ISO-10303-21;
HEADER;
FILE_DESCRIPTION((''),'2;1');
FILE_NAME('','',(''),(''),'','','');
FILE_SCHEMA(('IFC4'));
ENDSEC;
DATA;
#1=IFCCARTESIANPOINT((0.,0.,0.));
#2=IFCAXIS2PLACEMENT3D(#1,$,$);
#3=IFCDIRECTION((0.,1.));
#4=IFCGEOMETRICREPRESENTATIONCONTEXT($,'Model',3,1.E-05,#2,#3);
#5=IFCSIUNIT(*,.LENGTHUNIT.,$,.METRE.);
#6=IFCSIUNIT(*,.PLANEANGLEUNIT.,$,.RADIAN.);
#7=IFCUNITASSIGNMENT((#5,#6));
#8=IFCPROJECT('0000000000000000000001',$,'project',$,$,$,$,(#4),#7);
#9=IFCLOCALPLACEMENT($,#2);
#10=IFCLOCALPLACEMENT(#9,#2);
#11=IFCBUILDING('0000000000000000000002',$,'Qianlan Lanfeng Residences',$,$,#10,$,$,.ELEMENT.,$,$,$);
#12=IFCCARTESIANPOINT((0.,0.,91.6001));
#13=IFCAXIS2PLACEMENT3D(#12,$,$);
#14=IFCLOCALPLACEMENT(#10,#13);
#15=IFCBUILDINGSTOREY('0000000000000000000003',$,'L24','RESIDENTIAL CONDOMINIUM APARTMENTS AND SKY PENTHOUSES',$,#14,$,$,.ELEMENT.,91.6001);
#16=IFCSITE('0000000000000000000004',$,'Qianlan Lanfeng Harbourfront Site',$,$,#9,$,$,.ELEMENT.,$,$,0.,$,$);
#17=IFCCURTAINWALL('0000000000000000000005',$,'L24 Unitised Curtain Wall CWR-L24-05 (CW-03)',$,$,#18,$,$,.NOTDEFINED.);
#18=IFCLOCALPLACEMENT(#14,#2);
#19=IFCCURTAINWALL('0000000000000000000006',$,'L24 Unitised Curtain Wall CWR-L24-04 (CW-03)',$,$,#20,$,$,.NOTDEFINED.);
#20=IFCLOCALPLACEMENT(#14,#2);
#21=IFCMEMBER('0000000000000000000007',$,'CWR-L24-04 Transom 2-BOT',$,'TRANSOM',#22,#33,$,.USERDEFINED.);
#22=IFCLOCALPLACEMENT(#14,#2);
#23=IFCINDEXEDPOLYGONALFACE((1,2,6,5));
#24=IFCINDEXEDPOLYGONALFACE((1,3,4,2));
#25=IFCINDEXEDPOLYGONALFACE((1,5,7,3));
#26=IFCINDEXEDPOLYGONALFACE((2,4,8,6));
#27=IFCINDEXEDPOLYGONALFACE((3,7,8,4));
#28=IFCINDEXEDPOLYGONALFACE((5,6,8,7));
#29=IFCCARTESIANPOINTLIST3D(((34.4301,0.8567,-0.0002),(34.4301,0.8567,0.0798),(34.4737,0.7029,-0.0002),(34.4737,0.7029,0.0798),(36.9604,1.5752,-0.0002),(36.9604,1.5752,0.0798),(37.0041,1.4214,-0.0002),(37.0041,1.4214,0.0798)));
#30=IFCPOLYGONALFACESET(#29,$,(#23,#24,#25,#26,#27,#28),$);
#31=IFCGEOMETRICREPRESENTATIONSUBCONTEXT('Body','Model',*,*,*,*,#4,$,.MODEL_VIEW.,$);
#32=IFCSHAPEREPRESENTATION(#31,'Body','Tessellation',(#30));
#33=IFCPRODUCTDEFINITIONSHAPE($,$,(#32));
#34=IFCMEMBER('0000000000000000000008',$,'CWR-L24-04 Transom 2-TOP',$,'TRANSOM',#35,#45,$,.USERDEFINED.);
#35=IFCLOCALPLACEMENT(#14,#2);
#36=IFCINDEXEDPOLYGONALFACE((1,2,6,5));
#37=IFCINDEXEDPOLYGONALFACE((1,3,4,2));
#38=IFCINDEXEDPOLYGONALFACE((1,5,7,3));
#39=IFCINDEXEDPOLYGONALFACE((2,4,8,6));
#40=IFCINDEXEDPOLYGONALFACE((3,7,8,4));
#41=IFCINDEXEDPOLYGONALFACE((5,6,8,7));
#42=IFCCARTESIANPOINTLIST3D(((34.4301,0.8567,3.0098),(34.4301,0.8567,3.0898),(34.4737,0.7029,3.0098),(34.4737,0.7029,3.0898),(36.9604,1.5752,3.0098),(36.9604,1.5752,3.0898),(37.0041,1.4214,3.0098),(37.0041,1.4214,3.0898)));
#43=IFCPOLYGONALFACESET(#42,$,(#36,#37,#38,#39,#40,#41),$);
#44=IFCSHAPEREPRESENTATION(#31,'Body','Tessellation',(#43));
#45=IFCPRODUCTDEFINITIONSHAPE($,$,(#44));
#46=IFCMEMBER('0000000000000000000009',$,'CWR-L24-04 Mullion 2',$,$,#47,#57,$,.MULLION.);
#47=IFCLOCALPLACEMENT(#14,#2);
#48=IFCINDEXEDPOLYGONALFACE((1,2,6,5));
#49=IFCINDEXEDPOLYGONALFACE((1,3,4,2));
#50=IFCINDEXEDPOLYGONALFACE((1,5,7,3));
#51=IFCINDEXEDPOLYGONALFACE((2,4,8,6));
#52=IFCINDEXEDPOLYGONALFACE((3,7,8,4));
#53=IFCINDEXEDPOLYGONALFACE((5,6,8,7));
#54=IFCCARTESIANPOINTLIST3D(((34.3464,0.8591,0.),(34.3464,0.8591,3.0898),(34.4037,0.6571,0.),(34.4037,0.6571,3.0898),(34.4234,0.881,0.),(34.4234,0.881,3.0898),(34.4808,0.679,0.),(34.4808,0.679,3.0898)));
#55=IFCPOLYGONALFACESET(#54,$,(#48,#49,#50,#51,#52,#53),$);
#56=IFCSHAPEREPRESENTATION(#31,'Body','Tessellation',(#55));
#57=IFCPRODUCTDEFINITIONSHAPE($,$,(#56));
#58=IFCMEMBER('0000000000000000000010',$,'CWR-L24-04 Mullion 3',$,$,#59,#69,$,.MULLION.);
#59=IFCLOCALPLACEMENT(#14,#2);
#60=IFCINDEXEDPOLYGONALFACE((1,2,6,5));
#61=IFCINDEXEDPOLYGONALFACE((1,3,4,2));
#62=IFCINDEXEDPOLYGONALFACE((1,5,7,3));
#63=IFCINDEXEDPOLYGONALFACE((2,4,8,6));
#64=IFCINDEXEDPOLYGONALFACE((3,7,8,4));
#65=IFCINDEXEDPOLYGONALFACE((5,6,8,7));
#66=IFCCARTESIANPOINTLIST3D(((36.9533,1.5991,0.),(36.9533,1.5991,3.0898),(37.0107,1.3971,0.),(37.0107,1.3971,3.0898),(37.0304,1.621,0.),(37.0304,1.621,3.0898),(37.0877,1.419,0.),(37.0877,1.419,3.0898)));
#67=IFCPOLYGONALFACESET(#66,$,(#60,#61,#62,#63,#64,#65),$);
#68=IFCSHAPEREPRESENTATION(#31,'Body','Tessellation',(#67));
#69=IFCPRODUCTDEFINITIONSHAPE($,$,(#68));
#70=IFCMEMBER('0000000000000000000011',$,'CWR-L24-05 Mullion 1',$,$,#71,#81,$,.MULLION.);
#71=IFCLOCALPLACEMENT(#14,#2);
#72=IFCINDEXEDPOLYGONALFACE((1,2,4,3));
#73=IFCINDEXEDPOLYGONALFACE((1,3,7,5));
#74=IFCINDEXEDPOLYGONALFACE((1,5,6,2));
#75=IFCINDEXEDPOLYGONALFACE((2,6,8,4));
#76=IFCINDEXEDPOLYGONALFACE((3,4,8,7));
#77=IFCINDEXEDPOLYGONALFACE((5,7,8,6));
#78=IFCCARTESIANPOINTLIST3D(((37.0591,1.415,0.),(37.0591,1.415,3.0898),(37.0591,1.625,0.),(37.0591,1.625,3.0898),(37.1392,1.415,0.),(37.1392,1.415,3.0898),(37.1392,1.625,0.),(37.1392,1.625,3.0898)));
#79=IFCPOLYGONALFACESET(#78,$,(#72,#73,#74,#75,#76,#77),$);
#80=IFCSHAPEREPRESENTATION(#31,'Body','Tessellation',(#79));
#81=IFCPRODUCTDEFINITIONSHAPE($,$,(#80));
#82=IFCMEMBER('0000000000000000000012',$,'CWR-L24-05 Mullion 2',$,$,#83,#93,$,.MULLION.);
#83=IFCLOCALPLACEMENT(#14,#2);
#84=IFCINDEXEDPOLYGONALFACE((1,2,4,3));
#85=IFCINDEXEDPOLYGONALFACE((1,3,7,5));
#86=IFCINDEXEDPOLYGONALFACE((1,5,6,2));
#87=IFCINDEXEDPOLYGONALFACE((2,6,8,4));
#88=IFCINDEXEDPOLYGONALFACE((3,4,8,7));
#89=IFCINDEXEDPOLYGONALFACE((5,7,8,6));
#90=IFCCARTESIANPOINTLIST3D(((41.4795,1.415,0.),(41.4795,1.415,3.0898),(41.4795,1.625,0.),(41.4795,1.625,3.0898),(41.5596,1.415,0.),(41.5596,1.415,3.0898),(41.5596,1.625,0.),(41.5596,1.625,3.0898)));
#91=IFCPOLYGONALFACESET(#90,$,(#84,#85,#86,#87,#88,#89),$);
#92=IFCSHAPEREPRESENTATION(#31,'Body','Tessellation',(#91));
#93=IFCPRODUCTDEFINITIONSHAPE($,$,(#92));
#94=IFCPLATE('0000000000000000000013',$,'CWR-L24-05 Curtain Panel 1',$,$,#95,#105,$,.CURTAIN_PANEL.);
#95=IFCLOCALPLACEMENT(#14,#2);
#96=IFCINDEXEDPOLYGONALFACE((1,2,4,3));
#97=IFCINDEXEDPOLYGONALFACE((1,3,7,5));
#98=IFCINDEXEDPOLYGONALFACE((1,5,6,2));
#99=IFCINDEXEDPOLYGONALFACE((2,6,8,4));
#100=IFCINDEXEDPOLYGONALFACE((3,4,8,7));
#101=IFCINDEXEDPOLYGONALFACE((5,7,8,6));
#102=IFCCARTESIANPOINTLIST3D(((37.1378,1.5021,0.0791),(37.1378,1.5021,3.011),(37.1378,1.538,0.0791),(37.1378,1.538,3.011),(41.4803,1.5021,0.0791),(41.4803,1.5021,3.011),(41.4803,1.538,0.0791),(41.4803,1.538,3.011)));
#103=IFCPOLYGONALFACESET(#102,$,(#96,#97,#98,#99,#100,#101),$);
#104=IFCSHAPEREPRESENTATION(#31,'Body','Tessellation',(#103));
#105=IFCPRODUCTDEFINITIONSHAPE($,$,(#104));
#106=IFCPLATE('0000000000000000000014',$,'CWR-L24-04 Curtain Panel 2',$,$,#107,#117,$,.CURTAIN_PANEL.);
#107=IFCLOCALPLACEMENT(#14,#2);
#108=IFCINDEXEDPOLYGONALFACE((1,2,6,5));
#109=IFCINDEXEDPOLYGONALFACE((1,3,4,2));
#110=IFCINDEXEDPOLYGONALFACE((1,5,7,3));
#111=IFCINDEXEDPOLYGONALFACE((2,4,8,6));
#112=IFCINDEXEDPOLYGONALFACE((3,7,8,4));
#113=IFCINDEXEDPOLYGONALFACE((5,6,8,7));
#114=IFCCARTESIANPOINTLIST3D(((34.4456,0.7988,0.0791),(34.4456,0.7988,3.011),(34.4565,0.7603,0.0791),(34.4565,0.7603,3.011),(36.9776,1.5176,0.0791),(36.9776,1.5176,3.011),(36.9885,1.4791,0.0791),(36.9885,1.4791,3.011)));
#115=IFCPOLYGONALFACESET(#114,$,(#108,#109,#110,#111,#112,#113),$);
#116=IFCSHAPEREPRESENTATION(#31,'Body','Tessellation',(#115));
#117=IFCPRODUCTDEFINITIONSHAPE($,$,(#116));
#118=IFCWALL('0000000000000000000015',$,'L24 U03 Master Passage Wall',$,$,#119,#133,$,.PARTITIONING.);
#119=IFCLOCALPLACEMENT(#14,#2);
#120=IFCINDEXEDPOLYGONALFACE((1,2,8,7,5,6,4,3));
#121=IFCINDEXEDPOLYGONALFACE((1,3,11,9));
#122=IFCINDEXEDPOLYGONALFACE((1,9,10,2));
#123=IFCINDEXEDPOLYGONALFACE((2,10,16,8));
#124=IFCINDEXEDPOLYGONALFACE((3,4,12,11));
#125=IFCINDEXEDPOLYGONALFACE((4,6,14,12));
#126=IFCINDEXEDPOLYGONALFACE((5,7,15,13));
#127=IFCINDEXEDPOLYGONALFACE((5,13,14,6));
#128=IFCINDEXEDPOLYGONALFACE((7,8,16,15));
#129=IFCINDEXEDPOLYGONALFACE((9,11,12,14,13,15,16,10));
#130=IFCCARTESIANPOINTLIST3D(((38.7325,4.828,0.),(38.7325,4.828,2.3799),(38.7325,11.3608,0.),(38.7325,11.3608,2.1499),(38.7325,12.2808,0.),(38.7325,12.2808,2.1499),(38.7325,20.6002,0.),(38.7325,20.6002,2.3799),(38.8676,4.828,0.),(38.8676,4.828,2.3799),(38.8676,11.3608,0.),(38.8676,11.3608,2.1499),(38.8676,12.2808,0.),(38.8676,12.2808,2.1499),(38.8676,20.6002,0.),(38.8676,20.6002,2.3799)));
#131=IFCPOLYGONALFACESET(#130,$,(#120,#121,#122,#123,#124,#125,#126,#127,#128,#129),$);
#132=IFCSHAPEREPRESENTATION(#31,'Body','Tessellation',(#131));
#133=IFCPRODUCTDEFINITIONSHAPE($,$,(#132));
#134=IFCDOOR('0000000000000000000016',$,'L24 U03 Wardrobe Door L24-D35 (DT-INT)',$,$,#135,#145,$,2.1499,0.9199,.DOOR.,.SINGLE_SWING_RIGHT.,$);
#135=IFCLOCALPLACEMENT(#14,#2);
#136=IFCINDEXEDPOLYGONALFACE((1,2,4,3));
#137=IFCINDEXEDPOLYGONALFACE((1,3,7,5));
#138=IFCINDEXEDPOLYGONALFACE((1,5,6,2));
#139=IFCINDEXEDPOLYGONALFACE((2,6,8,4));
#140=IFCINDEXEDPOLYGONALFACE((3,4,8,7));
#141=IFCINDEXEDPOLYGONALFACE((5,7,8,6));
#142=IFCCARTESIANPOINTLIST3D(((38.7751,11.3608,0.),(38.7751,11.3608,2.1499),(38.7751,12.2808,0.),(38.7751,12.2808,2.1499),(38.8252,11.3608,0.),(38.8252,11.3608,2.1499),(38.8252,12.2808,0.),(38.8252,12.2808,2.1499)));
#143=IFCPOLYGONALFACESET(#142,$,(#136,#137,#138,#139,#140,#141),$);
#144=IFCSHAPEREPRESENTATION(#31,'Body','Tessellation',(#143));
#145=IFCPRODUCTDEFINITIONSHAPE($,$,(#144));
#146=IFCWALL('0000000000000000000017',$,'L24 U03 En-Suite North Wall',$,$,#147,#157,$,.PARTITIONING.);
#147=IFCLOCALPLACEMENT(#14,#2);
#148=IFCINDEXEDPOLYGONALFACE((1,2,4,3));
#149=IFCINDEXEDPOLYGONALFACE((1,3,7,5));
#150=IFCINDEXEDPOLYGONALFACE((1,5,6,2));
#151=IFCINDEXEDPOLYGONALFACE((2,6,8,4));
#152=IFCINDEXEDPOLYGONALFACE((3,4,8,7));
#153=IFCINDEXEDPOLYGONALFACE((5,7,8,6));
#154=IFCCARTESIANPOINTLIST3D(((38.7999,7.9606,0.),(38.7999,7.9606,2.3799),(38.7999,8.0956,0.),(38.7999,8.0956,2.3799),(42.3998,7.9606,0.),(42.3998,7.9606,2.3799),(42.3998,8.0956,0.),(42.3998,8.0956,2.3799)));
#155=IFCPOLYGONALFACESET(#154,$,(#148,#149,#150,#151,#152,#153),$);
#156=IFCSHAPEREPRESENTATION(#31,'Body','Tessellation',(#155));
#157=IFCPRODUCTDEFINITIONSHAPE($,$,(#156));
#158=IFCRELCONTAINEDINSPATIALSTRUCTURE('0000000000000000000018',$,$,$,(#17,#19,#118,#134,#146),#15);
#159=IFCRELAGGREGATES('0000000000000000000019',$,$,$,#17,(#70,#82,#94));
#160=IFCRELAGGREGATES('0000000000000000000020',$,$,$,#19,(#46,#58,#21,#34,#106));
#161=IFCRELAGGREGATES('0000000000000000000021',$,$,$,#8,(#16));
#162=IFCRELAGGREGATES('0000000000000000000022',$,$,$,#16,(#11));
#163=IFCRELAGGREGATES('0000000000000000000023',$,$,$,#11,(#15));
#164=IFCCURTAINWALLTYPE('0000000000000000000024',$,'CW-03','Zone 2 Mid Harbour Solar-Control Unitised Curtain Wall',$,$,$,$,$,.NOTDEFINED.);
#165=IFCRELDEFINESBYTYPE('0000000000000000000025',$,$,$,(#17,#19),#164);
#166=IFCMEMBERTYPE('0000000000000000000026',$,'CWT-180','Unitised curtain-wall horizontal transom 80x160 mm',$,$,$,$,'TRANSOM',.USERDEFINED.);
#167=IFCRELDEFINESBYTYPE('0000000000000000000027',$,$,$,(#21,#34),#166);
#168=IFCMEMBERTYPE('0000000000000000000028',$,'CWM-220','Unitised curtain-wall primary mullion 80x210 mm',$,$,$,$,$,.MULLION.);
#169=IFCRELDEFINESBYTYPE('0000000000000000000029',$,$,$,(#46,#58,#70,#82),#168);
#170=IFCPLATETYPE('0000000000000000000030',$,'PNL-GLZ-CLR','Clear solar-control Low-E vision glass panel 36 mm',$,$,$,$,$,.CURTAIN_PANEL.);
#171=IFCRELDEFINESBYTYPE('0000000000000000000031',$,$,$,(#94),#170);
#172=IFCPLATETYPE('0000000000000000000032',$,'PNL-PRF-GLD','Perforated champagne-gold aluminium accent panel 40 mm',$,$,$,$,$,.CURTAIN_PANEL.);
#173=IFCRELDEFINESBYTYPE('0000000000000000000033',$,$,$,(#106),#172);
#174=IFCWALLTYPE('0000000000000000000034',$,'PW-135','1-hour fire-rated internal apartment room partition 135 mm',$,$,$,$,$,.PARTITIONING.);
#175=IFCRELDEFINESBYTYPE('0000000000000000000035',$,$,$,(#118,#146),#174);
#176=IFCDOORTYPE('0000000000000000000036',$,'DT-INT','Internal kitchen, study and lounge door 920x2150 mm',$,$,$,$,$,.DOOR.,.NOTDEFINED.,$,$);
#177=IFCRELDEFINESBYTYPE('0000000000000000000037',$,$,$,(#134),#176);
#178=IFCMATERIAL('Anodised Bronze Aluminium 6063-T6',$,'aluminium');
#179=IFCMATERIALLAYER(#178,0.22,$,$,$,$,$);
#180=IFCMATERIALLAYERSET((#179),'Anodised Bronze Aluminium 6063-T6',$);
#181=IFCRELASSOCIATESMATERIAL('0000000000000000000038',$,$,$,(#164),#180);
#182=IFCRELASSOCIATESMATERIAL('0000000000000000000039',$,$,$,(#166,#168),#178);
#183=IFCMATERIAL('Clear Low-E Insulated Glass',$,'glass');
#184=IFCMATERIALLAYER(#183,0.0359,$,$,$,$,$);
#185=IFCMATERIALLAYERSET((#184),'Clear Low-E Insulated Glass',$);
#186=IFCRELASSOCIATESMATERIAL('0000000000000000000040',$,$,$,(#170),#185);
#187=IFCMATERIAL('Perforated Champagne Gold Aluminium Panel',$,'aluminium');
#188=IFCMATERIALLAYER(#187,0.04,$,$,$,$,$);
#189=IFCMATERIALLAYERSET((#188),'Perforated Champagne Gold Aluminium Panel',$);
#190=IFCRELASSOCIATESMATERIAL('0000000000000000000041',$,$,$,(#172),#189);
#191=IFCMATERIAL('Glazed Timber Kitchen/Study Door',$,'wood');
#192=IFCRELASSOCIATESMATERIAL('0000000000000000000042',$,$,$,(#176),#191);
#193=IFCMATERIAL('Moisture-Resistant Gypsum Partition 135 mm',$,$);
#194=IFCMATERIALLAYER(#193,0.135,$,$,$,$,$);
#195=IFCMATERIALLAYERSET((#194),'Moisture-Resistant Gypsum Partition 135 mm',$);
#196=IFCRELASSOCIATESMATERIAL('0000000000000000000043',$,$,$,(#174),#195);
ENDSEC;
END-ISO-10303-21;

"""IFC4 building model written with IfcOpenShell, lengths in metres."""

from ifc_helpers import new_model, si_unit, direction, frame, frame_2d, origin, origin_2d, place, context, subcontext, project, spatial, rectangle, extrude, source, transform, mapped, material, layer, layer_set, material_profile, profile_set, type_object, element, fill, aggregate, save


model = new_model("IFC4")

# Units and contexts
model_context = context("Model", 3, precision=1e-05, world=origin(), true_north=direction((0.0, 1.0)))
body_context = subcontext(model_context, "Body", "Model", "MODEL_VIEW")
ifc_project = project(units=[si_unit("LENGTHUNIT", "METRE"), si_unit("PLANEANGLEUNIT", "RADIAN")], contexts=[model_context])

# Site, building, storey
site_placement = place(None, origin())
site = spatial("IfcSite", under=ifc_project, at=site_placement, Name="Qianlan Lanfeng Harbourfront Site", CompositionType="ELEMENT", RefElevation=0.0)
building_placement = place(site_placement, origin())
building = spatial("IfcBuilding", under=site, at=building_placement, Name="Qianlan Lanfeng Residences", CompositionType="ELEMENT")
storey_placement = place(building_placement, frame((0.0, 0.0, 91.6001)))
storey = spatial("IfcBuildingStorey", under=building, at=storey_placement, Name="L24", Description="RESIDENTIAL CONDOMINIUM APARTMENTS AND SKY PENTHOUSES", CompositionType="ELEMENT", Elevation=91.6001)

# Curtain walls, members
ifc_material_1 = material(Name="Anodised Bronze Aluminium 6063-T6", Category="aluminium")
ifc_layer_1 = layer(ifc_material_1, 0.22)
ifc_layer_set_1 = layer_set([ifc_layer_1], Name="Anodised Bronze Aluminium 6063-T6")
curtain_wall_type = type_object("IfcCurtainWallType", Name="CW-03", Description="Zone 2 Mid Harbour Solar-Control Unitised Curtain Wall", PredefinedType="NOTDEFINED", material=ifc_layer_set_1)
curtain_wall_1_placement = place(storey_placement, origin())
curtain_wall_1 = element("IfcCurtainWall", 1, at=curtain_wall_1_placement, inside=storey, type_object=curtain_wall_type, Name="L24 Unitised Curtain Wall CWR-L24-05 (CW-03)", PredefinedType="NOTDEFINED")
ifc_material_profile_1 = material_profile(ifc_material_1, rectangle(XDim=0.0801, YDim=0.1599, at=origin_2d()), Name="ALU TRANSOM 80x160")
ifc_profile_set_1 = profile_set([ifc_material_profile_1], Name="Anodised Bronze Aluminium 6063-T6")
member_type_1 = type_object("IfcMemberType", Name="CWT-180", Description="Unitised curtain-wall horizontal transom 80x160 mm", ElementType="TRANSOM", PredefinedType="USERDEFINED", material=ifc_profile_set_1)
curtain_wall_2_placement = place(storey_placement, origin())
curtain_wall_2 = element("IfcCurtainWall", 2, at=curtain_wall_2_placement, inside=storey, type_object=curtain_wall_type, Name="L24 Unitised Curtain Wall CWR-L24-04 (CW-03)", PredefinedType="NOTDEFINED")
shared_shape_1 = source(origin(), body_context, "Body", "SweptSolid", [
    extrude(rectangle(XDim=0.0801, YDim=0.1599, at=origin_2d()), origin(), (0.0, 0.0, 1.0), 2.6304),
])
member_1_placement = place(storey_placement, frame((34.4519, 0.7798, 0.0398), z_axis=(0.961968, 0.273164, 0.0), x_axis=(0.0, 0.0, 1.0)))
member_1 = element("IfcMember", 3, at=member_1_placement, type_object=member_type_1, Name="CWR-L24-04 Transom 2-BOT", ObjectType="TRANSOM", PredefinedType="USERDEFINED", context=body_context, shape_type="MappedRepresentation", body=[
    mapped(shared_shape_1, transform((0.0, 0.0, 0.0), scale=1.0)),
])
member_2_placement = place(storey_placement, frame((34.4519, 0.7798, 3.0498), z_axis=(0.961968, 0.273164, 0.0), x_axis=(0.0, 0.0, 1.0)))
member_2 = element("IfcMember", 4, at=member_2_placement, type_object=member_type_1, Name="CWR-L24-04 Transom 2-TOP", ObjectType="TRANSOM", PredefinedType="USERDEFINED", context=body_context, shape_type="MappedRepresentation", body=[
    mapped(shared_shape_1, transform((0.0, 0.0, 0.0), scale=1.0)),
])
ifc_material_profile_2 = material_profile(ifc_material_1, rectangle(XDim=0.0801, YDim=0.21, at=origin_2d()), Name="ALU MULLION 80x210")
ifc_profile_set_2 = profile_set([ifc_material_profile_2], Name="Anodised Bronze Aluminium 6063-T6")
member_type_2 = type_object("IfcMemberType", Name="CWM-220", Description="Unitised curtain-wall primary mullion 80x210 mm", PredefinedType="MULLION", material=ifc_profile_set_2)
shared_shape_2 = source(origin(), body_context, "Body", "SweptSolid", [
    extrude(rectangle(XDim=0.0801, YDim=0.21, at=origin_2d()), origin(), (0.0, 0.0, 1.0), 3.0898),
])
member_3_placement = place(storey_placement, frame((34.4136, 0.769, 0.0), z_axis=(0.0, 0.0, 1.0), x_axis=(0.961989, 0.273088, 0.0)))
member_3 = element("IfcMember", 5, at=member_3_placement, type_object=member_type_2, Name="CWR-L24-04 Mullion 2", PredefinedType="MULLION", context=body_context, shape_type="MappedRepresentation", body=[
    mapped(shared_shape_2, transform((0.0, 0.0, 0.0), scale=1.0)),
])
member_4_placement = place(storey_placement, frame((37.0205, 1.509, 0.0), z_axis=(0.0, 0.0, 1.0), x_axis=(0.961989, 0.273088, 0.0)))
member_4 = element("IfcMember", 6, at=member_4_placement, type_object=member_type_2, Name="CWR-L24-04 Mullion 3", PredefinedType="MULLION", context=body_context, shape_type="MappedRepresentation", body=[
    mapped(shared_shape_2, transform((0.0, 0.0, 0.0), scale=1.0)),
])

# Members
member_5_placement = place(storey_placement, frame((37.0991, 1.52, 0.0), z_axis=(0.0, 0.0, 1.0), x_axis=(1.0, 0.0, 0.0)))
member_5 = element("IfcMember", 7, at=member_5_placement, type_object=member_type_2, Name="CWR-L24-05 Mullion 1", PredefinedType="MULLION", context=body_context, shape_type="MappedRepresentation", body=[
    mapped(shared_shape_2, transform((0.0, 0.0, 0.0), scale=1.0)),
])
member_6_placement = place(storey_placement, frame((41.5195, 1.52, 0.0), z_axis=(0.0, 0.0, 1.0), x_axis=(1.0, 0.0, 0.0)))
member_6 = element("IfcMember", 8, at=member_6_placement, type_object=member_type_2, Name="CWR-L24-05 Mullion 2", PredefinedType="MULLION", context=body_context, shape_type="MappedRepresentation", body=[
    mapped(shared_shape_2, transform((0.0, 0.0, 0.0), scale=1.0)),
])

# Plates
ifc_material_2 = material(Name="Clear Low-E Insulated Glass", Category="glass")
ifc_layer_2 = layer(ifc_material_2, 0.0359)
ifc_layer_set_2 = layer_set([ifc_layer_2], Name="Clear Low-E Insulated Glass")
plate_type_1 = type_object("IfcPlateType", Name="PNL-GLZ-CLR", Description="Clear solar-control Low-E vision glass panel 36 mm", PredefinedType="CURTAIN_PANEL", material=ifc_layer_set_2)
shared_shape_3 = source(origin(), body_context, "Body", "SweptSolid", [
    extrude(rectangle(XDim=4.3425, YDim=0.0359, at=origin_2d()), origin(), (0.0, 0.0, 1.0), 2.9319),
])
plate_1_placement = place(storey_placement, frame((39.3091, 1.52, 0.0791), z_axis=(0.0, 0.0, 1.0), x_axis=(1.0, 0.0, 0.0)))
plate_1 = element("IfcPlate", 9, at=plate_1_placement, type_object=plate_type_1, Name="CWR-L24-05 Curtain Panel 1", PredefinedType="CURTAIN_PANEL", context=body_context, shape_type="MappedRepresentation", body=[
    mapped(shared_shape_3, transform((0.0, 0.0, 0.0), scale=1.0)),
])
aggregate(curtain_wall_1, [member_5, member_6, plate_1])
ifc_material_3 = material(Name="Perforated Champagne Gold Aluminium Panel", Category="aluminium")
ifc_layer_3 = layer(ifc_material_3, 0.04)
ifc_layer_set_3 = layer_set([ifc_layer_3], Name="Perforated Champagne Gold Aluminium Panel")
plate_type_2 = type_object("IfcPlateType", Name="PNL-PRF-GLD", Description="Perforated champagne-gold aluminium accent panel 40 mm", PredefinedType="CURTAIN_PANEL", material=ifc_layer_set_3)
shared_shape_4 = source(origin(), body_context, "Body", "SweptSolid", [
    extrude(rectangle(XDim=2.6321, YDim=0.04, at=origin_2d()), origin(), (0.0, 0.0, 1.0), 2.9319),
])
plate_2_placement = place(storey_placement, frame((35.717, 1.1389, 0.0791), z_axis=(0.0, 0.0, 1.0), x_axis=(0.961989, 0.273088, 0.0)))
plate_2 = element("IfcPlate", 10, at=plate_2_placement, type_object=plate_type_2, Name="CWR-L24-04 Curtain Panel 2", PredefinedType="CURTAIN_PANEL", context=body_context, shape_type="MappedRepresentation", body=[
    mapped(shared_shape_4, transform((0.0, 0.0, 0.0), scale=1.0)),
])
aggregate(curtain_wall_2, [member_3, member_4, member_1, member_2, plate_2])

# Wall, opening, door
ifc_material_4 = material(Name="Glazed Timber Kitchen/Study Door", Category="wood")
door_type = type_object("IfcDoorType", Name="DT-INT", Description="Internal kitchen, study and lounge door 920x2150 mm", OperationType="NOTDEFINED", PredefinedType="DOOR", material=ifc_material_4)
ifc_material_5 = material(Name="Moisture-Resistant Gypsum Partition 135 mm")
ifc_layer_4 = layer(ifc_material_5, 0.135)
ifc_layer_set_4 = layer_set([ifc_layer_4], Name="Moisture-Resistant Gypsum Partition 135 mm")
wall_type_1 = type_object("IfcWallType", Name="PW-135", Description="1-hour fire-rated internal apartment room partition 135 mm", PredefinedType="PARTITIONING", material=ifc_layer_set_4)
wall_1_placement = place(storey_placement, frame((38.8, 4.8279, 0.0), z_axis=(0.0, 0.0, 1.0), x_axis=(0.0, 1.0, 0.0)))
wall_1 = element("IfcWall", 11, at=wall_1_placement, inside=storey, type_object=wall_type_1, Name="L24 U03 Master Passage Wall", PredefinedType="PARTITIONING", context=body_context, shape_type="SweptSolid", body=[
    extrude(rectangle(XDim=15.7722, YDim=0.135, at=frame_2d((7.8862, 0.0))), origin(), (0.0, 0.0, 1.0), 2.3799),
])
opening_1_placement = place(wall_1_placement, frame((6.533, 0.0, 0.0)))
opening_1 = element("IfcOpeningElement", 12, at=opening_1_placement, cuts=wall_1, PredefinedType="OPENING", context=body_context, shape_type="SweptSolid", body=[
    extrude(rectangle(XDim=0.9199, YDim=2.1499, at=frame_2d((0.46, 1.075))), frame((0.0, 0.0776, 0.0), z_axis=(0.0, -1.0, 0.0), x_axis=(1.0, 0.0, 0.0)), (0.0, 0.0, 1.0), 0.155),
])
door_1_placement = place(opening_1_placement, origin())
door_1 = element("IfcDoor", 13, at=door_1_placement, inside=storey, type_object=door_type, Name="L24 U03 Wardrobe Door L24-D35 (DT-INT)", OperationType="SINGLE_SWING_RIGHT", OverallHeight=2.1499, OverallWidth=0.9199, PredefinedType="DOOR", context=body_context, shape_type="SweptSolid", body=[
    extrude(rectangle(XDim=0.9199, YDim=2.1499, at=frame_2d((0.46, 1.075))), frame((0.0, 0.0249, 0.0), z_axis=(0.0, -1.0, 0.0), x_axis=(1.0, 0.0, 0.0)), (0.0, 0.0, 1.0), 0.05),
])
fill(opening_1, door_1)

# Wall
wall_2_placement = place(storey_placement, frame((38.8, 8.0281, 0.0), z_axis=(0.0, 0.0, 1.0), x_axis=(1.0, 0.0, 0.0)))
element("IfcWall", 14, at=wall_2_placement, inside=storey, type_object=wall_type_1, Name="L24 U03 En-Suite North Wall", PredefinedType="PARTITIONING", context=body_context, shape_type="SweptSolid", body=[
    extrude(rectangle(XDim=3.5999, YDim=0.135, at=frame_2d((1.7998, 0.0))), origin(), (0.0, 0.0, 1.0), 2.3799),
])

save(model, "model.ifc")
